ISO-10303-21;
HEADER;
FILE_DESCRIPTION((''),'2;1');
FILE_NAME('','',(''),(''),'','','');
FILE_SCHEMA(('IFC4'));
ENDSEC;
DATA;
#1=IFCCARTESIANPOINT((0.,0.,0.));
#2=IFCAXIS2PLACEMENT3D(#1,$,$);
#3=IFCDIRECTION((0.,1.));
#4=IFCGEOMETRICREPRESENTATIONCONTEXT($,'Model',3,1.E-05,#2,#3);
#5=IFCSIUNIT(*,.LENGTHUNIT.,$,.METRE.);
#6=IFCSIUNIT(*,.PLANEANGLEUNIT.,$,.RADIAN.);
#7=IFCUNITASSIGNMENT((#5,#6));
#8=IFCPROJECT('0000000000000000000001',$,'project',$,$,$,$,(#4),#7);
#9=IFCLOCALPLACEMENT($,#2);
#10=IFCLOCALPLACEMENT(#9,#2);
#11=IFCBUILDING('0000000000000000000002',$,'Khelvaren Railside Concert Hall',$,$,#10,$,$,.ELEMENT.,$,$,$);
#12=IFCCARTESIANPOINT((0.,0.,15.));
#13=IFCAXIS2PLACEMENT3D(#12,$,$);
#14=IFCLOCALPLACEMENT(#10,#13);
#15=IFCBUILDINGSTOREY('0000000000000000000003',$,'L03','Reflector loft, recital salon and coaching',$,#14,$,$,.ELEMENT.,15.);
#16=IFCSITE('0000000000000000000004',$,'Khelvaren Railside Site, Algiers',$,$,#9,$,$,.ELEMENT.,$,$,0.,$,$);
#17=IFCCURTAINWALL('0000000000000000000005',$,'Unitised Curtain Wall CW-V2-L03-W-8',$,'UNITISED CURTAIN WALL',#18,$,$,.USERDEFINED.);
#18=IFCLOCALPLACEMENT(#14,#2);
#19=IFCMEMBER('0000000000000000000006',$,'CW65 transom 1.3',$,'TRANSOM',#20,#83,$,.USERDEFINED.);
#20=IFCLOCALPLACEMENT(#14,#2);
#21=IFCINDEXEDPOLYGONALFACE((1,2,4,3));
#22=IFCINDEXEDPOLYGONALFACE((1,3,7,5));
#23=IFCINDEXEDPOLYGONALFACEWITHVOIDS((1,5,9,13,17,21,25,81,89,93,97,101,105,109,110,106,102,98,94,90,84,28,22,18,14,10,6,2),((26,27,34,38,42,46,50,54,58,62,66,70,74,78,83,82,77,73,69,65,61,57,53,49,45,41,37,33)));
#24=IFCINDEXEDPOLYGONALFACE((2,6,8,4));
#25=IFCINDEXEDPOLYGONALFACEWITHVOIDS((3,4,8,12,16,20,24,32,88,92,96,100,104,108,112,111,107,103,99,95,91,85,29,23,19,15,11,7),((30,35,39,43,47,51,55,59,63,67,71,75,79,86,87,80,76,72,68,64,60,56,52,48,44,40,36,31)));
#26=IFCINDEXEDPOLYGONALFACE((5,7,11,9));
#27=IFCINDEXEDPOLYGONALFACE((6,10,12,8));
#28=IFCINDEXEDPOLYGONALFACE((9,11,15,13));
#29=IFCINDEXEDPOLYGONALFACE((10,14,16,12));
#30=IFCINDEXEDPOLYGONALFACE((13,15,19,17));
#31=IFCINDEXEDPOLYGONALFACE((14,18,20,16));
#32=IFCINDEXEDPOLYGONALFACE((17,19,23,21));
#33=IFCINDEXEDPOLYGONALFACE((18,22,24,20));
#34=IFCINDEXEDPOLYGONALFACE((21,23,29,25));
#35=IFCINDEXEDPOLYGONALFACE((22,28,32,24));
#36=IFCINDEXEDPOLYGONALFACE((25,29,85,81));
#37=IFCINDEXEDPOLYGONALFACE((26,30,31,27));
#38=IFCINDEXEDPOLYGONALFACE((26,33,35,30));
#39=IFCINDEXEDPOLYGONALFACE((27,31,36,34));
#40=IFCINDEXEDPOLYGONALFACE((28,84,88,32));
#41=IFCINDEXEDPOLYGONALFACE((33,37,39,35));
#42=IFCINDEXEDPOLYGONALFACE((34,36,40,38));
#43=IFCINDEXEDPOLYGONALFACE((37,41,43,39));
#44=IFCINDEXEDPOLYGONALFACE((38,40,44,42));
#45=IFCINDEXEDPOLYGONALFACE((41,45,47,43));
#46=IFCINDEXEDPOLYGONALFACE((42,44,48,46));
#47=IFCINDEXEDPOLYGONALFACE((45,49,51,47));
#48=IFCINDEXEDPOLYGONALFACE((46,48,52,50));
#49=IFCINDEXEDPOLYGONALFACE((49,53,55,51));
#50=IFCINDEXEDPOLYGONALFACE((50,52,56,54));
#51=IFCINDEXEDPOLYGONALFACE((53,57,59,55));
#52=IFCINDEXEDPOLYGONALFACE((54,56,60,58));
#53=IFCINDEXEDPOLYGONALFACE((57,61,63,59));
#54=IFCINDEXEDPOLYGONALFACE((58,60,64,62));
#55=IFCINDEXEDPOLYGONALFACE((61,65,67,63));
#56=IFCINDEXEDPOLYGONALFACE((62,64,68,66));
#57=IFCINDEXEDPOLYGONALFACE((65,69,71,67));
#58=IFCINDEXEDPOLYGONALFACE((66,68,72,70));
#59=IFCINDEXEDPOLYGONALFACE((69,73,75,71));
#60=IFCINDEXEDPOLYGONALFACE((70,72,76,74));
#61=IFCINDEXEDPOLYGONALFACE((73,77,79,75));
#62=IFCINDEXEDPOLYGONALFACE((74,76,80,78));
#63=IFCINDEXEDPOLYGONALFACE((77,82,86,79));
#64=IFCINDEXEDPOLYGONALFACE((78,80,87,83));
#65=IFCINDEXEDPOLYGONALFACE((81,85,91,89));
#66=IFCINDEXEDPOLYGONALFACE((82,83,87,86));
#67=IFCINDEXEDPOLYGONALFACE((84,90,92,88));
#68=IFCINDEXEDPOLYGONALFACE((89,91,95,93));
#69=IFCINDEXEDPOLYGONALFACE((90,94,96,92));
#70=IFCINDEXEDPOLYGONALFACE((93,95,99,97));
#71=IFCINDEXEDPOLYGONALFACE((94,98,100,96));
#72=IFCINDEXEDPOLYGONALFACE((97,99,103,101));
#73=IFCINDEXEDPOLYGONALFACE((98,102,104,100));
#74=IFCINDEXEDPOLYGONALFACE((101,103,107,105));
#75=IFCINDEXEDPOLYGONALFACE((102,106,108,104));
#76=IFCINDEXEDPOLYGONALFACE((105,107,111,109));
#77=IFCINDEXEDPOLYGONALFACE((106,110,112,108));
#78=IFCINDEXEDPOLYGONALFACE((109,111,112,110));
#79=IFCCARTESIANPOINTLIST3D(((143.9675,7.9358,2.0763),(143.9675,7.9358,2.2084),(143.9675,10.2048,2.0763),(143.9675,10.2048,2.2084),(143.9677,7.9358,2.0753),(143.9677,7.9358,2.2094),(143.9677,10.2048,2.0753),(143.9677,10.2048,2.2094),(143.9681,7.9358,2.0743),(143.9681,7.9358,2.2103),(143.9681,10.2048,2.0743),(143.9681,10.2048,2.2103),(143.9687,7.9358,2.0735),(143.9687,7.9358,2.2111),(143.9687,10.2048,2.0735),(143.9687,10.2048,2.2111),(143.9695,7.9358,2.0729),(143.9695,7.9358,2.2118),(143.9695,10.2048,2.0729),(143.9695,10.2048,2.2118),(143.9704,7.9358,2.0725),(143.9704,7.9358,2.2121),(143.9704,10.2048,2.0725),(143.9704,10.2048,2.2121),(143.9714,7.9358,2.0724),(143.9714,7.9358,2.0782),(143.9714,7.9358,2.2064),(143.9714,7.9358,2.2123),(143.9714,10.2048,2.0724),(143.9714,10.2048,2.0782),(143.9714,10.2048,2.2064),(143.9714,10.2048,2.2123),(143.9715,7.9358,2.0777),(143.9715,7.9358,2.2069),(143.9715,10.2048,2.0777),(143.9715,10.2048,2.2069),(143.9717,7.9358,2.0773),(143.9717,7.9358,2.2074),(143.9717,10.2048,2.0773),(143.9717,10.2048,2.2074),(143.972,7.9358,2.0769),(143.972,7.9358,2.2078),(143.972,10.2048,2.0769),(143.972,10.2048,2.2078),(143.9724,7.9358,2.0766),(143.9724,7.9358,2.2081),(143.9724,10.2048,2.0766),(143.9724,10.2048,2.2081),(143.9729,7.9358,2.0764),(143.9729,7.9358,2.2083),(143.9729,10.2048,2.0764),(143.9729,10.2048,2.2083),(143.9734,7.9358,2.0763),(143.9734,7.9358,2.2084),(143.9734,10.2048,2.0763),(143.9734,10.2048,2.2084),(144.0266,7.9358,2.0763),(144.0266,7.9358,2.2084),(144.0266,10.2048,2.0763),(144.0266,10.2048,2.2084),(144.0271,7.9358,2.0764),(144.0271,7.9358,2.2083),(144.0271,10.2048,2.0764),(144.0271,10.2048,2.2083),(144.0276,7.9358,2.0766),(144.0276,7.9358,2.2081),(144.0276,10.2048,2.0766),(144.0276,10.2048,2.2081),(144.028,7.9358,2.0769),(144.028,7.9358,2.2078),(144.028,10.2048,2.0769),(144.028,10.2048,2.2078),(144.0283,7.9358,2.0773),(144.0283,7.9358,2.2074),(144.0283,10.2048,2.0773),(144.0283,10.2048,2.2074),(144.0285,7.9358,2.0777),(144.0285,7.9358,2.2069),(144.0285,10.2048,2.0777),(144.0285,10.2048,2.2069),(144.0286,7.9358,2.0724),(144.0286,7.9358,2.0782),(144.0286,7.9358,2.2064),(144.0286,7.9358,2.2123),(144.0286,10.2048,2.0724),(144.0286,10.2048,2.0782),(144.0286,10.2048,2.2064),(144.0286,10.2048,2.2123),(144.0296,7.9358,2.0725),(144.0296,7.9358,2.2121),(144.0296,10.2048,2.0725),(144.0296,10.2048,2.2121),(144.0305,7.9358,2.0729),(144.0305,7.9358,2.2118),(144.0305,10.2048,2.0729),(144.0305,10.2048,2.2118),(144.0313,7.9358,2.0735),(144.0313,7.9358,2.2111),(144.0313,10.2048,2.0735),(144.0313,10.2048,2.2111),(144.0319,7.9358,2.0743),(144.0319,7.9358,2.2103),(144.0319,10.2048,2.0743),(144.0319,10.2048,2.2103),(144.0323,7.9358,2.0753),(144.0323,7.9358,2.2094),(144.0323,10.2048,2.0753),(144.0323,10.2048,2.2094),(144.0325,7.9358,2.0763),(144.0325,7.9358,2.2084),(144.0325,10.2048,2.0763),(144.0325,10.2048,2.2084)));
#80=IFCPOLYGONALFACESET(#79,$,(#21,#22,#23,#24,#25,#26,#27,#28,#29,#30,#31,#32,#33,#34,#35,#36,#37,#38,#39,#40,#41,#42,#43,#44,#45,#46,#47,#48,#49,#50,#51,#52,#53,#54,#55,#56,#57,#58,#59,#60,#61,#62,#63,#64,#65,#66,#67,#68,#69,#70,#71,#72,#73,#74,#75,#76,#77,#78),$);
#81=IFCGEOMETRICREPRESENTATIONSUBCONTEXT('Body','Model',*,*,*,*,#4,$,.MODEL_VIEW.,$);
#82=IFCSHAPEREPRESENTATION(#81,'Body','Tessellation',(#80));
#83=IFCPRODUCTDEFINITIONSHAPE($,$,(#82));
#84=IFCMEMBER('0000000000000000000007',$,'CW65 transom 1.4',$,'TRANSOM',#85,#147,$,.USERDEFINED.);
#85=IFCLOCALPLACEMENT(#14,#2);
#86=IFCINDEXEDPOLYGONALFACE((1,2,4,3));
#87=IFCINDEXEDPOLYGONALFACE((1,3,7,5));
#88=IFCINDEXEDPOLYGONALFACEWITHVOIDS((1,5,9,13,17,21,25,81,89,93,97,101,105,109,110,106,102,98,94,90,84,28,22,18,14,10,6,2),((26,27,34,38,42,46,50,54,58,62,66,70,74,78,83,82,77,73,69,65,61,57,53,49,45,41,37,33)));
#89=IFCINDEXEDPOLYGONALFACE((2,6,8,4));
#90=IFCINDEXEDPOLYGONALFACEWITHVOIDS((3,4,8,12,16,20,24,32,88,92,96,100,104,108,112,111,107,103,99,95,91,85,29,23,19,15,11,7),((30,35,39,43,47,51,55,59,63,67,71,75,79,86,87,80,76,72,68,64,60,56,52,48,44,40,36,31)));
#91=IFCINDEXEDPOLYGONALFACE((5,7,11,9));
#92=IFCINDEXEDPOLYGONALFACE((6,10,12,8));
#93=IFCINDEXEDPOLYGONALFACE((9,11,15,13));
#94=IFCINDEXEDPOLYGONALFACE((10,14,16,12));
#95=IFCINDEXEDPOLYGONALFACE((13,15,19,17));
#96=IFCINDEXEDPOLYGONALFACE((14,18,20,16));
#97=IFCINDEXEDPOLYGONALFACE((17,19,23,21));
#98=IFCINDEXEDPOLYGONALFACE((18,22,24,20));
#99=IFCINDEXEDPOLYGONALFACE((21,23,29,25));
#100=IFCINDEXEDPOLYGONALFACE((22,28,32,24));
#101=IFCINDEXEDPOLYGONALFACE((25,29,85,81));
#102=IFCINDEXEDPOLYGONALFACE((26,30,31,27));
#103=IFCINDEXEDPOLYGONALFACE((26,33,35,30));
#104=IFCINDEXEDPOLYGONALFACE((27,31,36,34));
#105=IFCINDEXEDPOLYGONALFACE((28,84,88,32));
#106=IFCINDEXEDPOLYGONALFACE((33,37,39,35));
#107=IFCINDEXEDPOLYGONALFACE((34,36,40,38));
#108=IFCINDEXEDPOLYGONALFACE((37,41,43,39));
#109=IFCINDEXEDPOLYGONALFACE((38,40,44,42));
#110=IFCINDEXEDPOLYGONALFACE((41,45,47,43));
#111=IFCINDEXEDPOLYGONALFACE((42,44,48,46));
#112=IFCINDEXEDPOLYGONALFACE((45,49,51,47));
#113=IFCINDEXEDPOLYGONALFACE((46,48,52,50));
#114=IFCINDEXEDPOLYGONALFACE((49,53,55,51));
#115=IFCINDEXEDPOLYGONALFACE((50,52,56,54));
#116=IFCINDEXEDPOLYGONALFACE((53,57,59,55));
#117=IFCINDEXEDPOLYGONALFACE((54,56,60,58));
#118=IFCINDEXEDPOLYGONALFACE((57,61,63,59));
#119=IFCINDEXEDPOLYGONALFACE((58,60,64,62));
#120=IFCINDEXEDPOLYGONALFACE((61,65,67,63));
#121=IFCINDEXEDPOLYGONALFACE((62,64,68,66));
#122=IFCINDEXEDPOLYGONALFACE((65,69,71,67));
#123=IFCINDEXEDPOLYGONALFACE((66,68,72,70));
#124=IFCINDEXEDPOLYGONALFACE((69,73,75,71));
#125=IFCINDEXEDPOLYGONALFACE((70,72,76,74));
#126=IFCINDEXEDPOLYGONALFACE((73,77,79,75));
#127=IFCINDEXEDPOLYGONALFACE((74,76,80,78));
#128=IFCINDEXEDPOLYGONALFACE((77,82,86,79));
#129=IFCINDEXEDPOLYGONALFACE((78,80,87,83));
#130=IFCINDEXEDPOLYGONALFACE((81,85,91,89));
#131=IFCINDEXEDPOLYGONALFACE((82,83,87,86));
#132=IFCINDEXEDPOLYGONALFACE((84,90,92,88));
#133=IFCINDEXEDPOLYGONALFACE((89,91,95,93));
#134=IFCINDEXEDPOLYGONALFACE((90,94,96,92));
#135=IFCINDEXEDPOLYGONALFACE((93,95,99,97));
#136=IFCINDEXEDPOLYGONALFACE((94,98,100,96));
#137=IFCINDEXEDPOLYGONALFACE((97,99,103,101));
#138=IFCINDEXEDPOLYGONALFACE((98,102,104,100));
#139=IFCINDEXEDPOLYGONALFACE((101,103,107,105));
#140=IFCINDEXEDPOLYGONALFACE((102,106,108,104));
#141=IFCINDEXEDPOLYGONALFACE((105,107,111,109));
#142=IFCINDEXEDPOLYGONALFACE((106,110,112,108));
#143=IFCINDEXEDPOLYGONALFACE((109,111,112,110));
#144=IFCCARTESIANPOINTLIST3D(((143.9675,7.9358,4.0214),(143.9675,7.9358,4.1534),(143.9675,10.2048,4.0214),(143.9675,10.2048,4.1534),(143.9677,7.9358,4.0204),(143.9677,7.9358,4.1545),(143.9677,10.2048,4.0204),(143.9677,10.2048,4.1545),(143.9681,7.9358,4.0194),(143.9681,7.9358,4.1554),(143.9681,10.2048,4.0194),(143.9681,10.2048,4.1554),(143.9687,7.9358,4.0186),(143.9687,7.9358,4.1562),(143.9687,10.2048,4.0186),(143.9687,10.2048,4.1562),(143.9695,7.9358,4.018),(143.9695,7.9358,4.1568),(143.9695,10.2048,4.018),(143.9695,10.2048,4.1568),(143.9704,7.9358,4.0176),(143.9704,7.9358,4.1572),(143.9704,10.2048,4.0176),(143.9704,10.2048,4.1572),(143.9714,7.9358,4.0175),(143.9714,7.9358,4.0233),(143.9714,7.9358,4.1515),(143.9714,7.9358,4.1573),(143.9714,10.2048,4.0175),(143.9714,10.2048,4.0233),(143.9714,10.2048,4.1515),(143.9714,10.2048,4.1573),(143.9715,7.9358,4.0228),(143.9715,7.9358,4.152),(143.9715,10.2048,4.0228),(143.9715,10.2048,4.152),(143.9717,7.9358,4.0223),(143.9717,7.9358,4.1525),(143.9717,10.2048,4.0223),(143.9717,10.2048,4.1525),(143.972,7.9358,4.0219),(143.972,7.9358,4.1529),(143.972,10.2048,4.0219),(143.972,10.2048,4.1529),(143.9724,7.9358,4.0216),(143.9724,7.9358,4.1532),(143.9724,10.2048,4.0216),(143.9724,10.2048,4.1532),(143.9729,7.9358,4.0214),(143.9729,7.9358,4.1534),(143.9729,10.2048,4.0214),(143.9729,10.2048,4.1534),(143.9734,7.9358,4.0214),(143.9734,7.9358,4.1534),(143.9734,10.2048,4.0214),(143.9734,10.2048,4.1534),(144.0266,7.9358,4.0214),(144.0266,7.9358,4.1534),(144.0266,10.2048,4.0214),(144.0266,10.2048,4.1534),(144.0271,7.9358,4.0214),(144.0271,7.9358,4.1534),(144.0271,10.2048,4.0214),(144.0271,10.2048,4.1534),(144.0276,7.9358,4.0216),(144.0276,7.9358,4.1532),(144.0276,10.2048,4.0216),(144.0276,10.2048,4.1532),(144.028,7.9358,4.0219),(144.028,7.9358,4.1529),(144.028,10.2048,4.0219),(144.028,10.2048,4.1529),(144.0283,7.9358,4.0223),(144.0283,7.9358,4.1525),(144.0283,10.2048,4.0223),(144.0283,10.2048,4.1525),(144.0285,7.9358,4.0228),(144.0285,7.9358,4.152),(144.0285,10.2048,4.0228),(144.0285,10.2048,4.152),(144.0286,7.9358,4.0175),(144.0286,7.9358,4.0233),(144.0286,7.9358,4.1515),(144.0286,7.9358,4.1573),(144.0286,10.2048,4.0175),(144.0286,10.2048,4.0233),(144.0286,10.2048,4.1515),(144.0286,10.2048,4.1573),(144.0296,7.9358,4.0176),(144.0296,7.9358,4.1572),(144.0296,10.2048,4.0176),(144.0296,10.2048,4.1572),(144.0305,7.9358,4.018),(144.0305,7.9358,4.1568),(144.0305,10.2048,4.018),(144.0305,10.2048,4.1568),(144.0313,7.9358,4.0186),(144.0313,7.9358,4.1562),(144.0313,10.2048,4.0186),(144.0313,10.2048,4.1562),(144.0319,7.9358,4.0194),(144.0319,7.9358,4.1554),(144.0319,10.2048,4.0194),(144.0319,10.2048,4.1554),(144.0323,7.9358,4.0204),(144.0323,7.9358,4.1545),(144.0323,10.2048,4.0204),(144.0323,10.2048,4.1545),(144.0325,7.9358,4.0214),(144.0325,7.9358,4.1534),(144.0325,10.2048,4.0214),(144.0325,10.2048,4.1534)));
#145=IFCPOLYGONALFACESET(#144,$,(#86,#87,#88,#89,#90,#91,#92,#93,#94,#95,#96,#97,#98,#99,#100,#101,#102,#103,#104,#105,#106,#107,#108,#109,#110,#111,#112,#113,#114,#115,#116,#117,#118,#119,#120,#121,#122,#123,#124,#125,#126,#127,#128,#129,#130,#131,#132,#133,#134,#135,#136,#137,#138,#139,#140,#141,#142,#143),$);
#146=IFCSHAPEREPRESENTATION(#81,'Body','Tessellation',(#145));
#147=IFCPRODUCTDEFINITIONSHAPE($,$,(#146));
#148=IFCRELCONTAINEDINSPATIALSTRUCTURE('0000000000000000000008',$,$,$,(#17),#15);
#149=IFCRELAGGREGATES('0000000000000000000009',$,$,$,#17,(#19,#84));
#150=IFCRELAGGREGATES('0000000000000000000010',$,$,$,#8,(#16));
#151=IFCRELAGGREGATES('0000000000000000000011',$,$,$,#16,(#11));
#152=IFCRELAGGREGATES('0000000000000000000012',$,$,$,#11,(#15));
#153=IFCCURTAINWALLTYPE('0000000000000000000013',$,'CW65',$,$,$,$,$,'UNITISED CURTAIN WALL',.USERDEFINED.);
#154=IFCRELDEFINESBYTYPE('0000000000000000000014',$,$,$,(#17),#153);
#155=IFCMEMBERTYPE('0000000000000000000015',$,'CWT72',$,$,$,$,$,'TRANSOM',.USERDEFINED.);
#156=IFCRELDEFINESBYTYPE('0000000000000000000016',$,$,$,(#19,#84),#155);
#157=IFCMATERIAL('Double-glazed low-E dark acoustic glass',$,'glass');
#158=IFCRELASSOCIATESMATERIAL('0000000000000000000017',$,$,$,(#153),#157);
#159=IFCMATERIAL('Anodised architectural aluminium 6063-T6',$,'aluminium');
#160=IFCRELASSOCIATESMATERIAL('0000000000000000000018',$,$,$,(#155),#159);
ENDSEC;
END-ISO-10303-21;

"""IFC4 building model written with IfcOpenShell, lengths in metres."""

from ifc_helpers import new_model, si_unit, direction, frame, origin, origin_2d, place, context, subcontext, project, spatial, hollow_rectangle, extrude, material, material_profile, profile_set, type_object, element, aggregate, save


model = new_model("IFC4")

# Units and contexts
model_context = context("Model", 3, precision=1e-05, world=origin(), true_north=direction((0.0, 1.0)))
body_context = subcontext(model_context, "Body", "Model", "MODEL_VIEW")
ifc_project = project(units=[si_unit("LENGTHUNIT", "METRE"), si_unit("PLANEANGLEUNIT", "RADIAN")], contexts=[model_context])

# Site, building, storey
site_placement = place(None, origin())
site = spatial("IfcSite", under=ifc_project, at=site_placement, Name="Khelvaren Railside Site, Algiers", CompositionType="ELEMENT", RefElevation=0.0)
building_placement = place(site_placement, origin())
building = spatial("IfcBuilding", under=site, at=building_placement, Name="Khelvaren Railside Concert Hall", CompositionType="ELEMENT")
storey_placement = place(building_placement, frame((0.0, 0.0, 15.0)))
storey = spatial("IfcBuildingStorey", under=building, at=storey_placement, Name="L03", Description="Reflector loft, recital salon and coaching", CompositionType="ELEMENT", Elevation=15.0)

# Shared definitions
ifc_material_1 = material(Name="Anodised architectural aluminium 6063-T6", Category="aluminium")

# Curtain wall, members
ifc_material_2 = material(Name="Double-glazed low-E dark acoustic glass", Category="glass")
curtain_wall_type_1 = type_object("IfcCurtainWallType", Name="CW65", ElementType="UNITISED CURTAIN WALL", PredefinedType="USERDEFINED", material=ifc_material_2)
curtain_wall_1_placement = place(storey_placement, origin())
curtain_wall_1 = element("IfcCurtainWall", 1, at=curtain_wall_1_placement, inside=storey, type_object=curtain_wall_type_1, Name="Unitised Curtain Wall CW-V2-L03-W-8", ObjectType="UNITISED CURTAIN WALL", PredefinedType="USERDEFINED")
ifc_material_profile_1 = material_profile(ifc_material_1, hollow_rectangle(XDim=0.0649, YDim=0.1399, WallThickness=0.0039, InnerFilletRadius=0.002, OuterFilletRadius=0.0039, at=origin_2d()), Name="CWT 65x140x4")
ifc_profile_set_1 = profile_set([ifc_material_profile_1], Name="Anodised architectural aluminium 6063-T6")
member_type_1 = type_object("IfcMemberType", Name="CWT72", ElementType="TRANSOM", PredefinedType="USERDEFINED", material=ifc_profile_set_1)
member_1_placement = place(storey_placement, frame((144.0, 7.9358, 2.1423), z_axis=(0.0, 1.0, 0.0), x_axis=(-1.0, 0.0, 0.0)))
member_1 = element("IfcMember", 2, at=member_1_placement, type_object=member_type_1, Name="CW65 transom 1.3", ObjectType="TRANSOM", PredefinedType="USERDEFINED", context=body_context, shape_type="SweptSolid", body=[
    extrude(hollow_rectangle(XDim=0.0649, YDim=0.1399, WallThickness=0.0039, InnerFilletRadius=0.002, OuterFilletRadius=0.0039, at=origin_2d()), origin(), (0.0, 0.0, 1.0), 2.269),
])
member_2_placement = place(storey_placement, frame((144.0, 7.9358, 4.0874), z_axis=(0.0, 1.0, 0.0), x_axis=(-1.0, 0.0, 0.0)))
member_2 = element("IfcMember", 3, at=member_2_placement, type_object=member_type_1, Name="CW65 transom 1.4", ObjectType="TRANSOM", PredefinedType="USERDEFINED", context=body_context, shape_type="SweptSolid", body=[
    extrude(hollow_rectangle(XDim=0.0649, YDim=0.1399, WallThickness=0.0039, InnerFilletRadius=0.002, OuterFilletRadius=0.0039, at=origin_2d()), origin(), (0.0, 0.0, 1.0), 2.269),
])

aggregate(curtain_wall_1, [member_1, member_2])

save(model, "model.ifc")
